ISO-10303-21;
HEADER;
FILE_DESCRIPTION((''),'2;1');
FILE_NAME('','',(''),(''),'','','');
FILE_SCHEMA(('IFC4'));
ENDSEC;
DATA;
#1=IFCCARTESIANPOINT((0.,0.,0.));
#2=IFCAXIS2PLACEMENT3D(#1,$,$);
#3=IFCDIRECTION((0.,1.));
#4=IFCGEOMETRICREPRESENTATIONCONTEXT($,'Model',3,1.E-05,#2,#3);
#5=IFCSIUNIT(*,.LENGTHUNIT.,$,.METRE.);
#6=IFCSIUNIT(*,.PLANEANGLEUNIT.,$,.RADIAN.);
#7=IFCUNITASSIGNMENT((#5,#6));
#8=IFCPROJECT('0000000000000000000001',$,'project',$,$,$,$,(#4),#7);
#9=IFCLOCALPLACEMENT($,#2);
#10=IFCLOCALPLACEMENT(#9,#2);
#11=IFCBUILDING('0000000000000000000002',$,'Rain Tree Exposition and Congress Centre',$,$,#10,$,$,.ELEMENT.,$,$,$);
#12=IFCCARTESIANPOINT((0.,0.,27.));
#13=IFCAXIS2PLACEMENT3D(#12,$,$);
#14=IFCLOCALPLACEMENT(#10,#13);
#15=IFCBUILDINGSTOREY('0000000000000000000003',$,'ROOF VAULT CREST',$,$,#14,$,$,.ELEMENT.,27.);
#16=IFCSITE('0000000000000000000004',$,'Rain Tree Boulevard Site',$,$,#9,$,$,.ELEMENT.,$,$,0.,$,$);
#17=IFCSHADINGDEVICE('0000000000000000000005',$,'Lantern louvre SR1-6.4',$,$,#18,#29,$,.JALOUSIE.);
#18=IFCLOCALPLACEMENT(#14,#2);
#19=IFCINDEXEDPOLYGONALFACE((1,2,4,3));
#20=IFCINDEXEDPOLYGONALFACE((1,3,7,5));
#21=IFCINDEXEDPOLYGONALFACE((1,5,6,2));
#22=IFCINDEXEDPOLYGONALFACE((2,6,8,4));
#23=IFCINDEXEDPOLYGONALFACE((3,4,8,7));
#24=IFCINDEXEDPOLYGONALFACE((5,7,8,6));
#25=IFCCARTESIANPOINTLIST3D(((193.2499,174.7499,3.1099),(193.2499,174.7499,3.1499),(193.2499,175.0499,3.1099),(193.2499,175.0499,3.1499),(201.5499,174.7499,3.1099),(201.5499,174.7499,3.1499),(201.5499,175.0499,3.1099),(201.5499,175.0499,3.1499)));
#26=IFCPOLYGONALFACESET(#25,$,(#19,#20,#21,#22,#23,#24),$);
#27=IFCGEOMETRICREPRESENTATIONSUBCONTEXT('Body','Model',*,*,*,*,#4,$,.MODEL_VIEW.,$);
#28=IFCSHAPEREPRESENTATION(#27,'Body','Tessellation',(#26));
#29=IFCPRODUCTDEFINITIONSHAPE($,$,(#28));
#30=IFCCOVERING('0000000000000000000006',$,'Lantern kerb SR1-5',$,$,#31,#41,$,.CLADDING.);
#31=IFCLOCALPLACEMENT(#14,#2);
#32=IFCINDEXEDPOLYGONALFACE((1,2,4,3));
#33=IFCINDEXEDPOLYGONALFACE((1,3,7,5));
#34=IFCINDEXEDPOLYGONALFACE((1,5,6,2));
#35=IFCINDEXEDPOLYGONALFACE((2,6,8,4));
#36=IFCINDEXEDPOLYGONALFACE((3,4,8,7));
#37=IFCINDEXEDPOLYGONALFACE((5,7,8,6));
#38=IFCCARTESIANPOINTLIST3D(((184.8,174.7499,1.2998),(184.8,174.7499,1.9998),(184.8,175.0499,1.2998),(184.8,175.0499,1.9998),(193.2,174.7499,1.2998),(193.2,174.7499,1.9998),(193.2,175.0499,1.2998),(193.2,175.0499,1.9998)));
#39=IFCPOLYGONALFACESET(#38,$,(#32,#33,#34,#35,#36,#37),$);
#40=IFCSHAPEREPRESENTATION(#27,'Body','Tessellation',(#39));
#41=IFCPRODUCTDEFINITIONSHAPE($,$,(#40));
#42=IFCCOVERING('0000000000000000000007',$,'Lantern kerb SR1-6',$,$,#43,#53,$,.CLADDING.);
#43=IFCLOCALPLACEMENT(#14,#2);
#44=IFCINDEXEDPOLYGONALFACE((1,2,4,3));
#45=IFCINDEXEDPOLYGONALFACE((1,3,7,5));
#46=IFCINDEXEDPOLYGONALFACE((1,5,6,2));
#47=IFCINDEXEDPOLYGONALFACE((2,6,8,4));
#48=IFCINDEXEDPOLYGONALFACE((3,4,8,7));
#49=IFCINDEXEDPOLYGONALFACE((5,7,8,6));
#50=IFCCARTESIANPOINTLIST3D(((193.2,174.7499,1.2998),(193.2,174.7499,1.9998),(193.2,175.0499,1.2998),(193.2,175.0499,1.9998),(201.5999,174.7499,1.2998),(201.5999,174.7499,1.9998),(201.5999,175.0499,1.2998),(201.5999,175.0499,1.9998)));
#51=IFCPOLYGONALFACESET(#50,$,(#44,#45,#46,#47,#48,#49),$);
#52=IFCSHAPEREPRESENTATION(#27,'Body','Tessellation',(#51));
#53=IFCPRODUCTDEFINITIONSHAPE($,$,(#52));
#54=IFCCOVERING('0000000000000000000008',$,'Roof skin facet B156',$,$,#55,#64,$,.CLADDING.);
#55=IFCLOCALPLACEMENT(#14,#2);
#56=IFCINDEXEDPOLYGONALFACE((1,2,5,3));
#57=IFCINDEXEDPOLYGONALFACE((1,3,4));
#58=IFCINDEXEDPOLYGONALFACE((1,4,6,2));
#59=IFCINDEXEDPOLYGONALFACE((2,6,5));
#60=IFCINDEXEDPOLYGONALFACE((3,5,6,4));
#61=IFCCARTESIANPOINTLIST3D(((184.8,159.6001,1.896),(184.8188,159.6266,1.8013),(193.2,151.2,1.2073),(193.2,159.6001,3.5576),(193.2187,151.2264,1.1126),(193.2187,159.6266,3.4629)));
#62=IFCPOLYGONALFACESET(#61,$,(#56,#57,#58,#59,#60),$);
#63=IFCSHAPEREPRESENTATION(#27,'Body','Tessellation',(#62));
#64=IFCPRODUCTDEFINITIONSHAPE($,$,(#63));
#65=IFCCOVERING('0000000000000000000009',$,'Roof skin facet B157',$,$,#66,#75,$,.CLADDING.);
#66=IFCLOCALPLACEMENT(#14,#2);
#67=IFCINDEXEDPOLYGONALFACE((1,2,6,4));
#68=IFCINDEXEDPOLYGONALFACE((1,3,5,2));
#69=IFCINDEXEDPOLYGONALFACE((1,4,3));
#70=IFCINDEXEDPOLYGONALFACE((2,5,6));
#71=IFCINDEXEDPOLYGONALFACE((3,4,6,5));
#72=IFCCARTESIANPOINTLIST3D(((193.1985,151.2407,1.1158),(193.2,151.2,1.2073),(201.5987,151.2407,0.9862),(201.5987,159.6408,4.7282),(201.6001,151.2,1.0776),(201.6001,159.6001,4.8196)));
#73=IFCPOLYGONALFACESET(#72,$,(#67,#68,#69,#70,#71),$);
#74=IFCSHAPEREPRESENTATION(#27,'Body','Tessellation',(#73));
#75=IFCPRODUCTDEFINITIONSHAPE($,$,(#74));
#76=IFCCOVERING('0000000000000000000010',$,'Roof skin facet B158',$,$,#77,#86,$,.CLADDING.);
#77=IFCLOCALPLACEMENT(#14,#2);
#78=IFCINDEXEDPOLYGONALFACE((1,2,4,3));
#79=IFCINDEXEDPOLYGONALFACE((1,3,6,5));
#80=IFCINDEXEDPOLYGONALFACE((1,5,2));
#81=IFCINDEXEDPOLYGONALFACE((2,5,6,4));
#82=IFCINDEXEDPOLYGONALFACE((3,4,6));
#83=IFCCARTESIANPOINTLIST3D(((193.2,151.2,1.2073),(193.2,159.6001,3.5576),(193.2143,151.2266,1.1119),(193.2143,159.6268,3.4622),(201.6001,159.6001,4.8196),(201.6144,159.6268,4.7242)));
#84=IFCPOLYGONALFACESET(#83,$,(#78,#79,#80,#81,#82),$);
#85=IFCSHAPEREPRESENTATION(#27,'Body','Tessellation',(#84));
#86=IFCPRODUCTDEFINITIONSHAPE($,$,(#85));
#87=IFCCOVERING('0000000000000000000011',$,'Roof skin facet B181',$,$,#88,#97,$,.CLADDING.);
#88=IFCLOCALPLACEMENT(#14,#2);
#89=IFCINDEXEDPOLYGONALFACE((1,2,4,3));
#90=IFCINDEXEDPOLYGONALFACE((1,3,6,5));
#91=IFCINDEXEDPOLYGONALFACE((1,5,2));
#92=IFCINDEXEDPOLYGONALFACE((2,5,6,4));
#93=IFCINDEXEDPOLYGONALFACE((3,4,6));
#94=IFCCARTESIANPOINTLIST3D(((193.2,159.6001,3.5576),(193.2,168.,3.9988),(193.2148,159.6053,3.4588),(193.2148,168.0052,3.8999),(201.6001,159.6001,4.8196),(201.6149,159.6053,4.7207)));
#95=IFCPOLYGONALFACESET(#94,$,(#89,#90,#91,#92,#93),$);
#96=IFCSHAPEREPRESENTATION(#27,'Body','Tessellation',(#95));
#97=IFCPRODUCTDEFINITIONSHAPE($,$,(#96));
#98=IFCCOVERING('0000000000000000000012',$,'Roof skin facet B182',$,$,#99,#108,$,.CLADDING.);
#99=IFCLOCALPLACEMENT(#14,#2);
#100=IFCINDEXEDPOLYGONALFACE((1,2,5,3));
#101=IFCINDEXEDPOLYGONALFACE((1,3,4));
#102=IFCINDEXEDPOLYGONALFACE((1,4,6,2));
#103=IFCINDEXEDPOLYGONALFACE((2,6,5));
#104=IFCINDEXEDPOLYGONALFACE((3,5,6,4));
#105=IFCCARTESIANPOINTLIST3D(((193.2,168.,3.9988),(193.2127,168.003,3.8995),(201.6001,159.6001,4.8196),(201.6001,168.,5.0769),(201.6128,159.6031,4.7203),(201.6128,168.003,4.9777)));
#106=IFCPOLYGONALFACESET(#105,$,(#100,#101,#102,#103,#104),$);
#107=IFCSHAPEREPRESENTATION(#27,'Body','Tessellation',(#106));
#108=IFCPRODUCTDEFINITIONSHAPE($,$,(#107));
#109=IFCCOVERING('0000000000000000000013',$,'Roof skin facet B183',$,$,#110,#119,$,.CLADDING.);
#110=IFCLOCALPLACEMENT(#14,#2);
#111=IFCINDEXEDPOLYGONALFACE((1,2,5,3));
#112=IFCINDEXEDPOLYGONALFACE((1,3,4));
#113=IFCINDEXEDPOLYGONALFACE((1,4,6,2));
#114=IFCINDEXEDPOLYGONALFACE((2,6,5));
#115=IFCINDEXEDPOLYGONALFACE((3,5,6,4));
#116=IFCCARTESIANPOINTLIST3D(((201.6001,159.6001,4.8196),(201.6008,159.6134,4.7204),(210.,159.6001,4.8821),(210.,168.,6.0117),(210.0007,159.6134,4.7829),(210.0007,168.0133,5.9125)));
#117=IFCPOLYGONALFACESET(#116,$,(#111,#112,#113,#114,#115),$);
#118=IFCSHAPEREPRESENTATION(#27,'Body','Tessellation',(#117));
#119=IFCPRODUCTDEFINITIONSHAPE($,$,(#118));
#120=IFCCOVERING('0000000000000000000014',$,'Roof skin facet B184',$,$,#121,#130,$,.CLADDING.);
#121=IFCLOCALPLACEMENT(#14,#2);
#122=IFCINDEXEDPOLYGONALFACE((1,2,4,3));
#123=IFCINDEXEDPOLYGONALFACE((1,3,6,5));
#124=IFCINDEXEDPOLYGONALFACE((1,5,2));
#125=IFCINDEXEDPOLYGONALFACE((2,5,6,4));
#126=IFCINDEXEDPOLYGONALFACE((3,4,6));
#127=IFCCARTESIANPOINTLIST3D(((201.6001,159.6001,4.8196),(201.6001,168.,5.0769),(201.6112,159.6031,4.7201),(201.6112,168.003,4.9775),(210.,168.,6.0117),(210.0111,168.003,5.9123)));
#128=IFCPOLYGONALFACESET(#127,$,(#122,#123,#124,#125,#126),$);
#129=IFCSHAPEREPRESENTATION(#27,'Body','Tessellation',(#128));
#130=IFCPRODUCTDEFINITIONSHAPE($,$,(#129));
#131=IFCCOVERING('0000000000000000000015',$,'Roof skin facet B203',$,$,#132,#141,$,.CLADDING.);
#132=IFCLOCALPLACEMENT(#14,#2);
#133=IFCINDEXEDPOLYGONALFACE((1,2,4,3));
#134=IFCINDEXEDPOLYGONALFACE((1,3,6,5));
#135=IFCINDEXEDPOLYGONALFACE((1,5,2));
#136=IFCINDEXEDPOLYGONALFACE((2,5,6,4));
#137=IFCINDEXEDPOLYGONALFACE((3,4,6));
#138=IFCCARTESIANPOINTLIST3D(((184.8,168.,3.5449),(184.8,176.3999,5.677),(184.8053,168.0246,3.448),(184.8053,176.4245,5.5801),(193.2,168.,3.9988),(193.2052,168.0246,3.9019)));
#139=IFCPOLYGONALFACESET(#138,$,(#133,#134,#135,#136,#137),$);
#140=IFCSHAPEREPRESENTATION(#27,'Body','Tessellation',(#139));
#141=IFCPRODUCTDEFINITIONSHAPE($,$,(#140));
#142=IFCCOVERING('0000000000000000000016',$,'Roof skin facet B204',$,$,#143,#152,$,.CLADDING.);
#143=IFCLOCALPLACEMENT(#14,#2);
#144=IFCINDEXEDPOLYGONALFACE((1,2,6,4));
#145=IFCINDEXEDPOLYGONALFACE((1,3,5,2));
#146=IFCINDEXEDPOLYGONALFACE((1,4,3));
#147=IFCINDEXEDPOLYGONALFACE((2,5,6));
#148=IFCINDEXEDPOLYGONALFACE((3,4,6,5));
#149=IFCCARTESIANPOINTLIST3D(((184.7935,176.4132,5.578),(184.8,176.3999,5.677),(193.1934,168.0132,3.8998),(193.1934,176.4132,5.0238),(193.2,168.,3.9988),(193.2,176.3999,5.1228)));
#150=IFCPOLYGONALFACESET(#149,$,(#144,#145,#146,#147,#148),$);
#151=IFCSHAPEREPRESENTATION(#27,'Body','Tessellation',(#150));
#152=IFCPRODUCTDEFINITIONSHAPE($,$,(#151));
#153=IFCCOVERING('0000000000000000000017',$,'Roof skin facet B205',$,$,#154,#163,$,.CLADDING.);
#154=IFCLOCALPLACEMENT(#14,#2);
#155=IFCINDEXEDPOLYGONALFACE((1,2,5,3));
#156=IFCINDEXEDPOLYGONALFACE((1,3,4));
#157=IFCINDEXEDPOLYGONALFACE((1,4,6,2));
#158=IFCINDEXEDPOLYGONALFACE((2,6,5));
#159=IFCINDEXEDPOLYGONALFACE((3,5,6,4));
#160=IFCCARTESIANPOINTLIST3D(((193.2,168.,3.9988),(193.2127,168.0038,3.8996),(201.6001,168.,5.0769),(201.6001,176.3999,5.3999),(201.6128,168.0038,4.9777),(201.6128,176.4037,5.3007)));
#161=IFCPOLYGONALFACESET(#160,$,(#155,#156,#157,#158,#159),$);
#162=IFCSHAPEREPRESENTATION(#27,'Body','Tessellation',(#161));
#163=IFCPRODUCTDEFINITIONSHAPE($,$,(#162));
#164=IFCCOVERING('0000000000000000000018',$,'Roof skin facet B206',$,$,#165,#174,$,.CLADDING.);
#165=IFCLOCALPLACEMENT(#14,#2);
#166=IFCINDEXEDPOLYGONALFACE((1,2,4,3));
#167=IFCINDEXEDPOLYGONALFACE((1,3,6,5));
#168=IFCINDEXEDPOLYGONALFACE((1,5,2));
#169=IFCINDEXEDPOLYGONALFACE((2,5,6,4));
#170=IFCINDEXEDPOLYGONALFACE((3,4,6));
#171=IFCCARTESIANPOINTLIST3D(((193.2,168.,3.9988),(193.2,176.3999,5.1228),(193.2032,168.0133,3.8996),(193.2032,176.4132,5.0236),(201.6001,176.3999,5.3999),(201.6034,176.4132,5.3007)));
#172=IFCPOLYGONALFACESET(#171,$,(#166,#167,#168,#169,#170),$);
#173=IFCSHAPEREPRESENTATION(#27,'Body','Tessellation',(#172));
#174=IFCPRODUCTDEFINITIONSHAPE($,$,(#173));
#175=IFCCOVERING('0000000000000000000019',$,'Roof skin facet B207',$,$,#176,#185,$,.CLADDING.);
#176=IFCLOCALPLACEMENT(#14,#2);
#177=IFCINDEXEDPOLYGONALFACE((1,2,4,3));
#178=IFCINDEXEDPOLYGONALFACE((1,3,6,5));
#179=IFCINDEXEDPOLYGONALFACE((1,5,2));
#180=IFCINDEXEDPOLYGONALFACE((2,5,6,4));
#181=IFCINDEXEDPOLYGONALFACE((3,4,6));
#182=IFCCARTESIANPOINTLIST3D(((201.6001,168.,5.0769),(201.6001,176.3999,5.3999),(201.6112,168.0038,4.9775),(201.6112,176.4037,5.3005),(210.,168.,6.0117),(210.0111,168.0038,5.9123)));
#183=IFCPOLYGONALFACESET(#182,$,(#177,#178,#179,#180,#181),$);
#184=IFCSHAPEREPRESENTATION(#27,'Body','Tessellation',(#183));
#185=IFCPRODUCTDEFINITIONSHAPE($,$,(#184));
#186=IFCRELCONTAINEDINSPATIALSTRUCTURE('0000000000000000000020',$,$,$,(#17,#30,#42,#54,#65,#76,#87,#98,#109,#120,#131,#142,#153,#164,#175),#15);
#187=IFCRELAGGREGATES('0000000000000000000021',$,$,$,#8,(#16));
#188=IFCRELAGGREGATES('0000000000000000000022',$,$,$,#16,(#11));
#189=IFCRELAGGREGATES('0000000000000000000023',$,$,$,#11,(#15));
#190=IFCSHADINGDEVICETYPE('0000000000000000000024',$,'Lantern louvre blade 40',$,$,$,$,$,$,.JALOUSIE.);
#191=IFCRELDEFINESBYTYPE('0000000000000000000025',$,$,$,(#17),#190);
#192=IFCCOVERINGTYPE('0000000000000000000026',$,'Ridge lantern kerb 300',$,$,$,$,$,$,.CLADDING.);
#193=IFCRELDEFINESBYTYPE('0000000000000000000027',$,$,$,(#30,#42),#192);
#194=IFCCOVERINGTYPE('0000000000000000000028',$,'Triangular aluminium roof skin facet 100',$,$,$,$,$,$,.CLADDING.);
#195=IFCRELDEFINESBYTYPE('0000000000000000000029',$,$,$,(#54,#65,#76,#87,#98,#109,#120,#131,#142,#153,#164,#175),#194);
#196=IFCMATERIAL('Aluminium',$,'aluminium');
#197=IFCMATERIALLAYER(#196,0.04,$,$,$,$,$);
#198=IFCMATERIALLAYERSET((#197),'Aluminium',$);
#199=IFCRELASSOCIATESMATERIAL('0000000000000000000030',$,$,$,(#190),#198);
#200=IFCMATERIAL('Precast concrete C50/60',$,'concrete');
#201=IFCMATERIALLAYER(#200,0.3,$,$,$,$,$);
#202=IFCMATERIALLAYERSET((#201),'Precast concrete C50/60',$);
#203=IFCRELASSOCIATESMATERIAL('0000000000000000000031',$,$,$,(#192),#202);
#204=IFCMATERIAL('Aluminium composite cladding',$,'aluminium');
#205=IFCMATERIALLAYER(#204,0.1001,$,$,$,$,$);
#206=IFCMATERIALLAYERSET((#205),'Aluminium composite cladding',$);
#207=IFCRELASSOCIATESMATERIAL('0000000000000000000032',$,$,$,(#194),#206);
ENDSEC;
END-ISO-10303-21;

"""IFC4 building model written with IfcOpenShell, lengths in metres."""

from ifc_helpers import new_model, si_unit, direction, frame, origin, origin_2d, place, context, subcontext, project, spatial, polyline, rectangle, outline, extrude, material, layer, layer_set, type_object, element, save


model = new_model("IFC4")

# Units and contexts
model_context = context("Model", 3, precision=1e-05, world=origin(), true_north=direction((0.0, 1.0)))
body_context = subcontext(model_context, "Body", "Model", "MODEL_VIEW")
ifc_project = project(units=[si_unit("LENGTHUNIT", "METRE"), si_unit("PLANEANGLEUNIT", "RADIAN")], contexts=[model_context])

# Site, building, storey
site_placement = place(None, origin())
site = spatial("IfcSite", under=ifc_project, at=site_placement, Name="Rain Tree Boulevard Site", CompositionType="ELEMENT", RefElevation=0.0)
building_placement = place(site_placement, origin())
building = spatial("IfcBuilding", under=site, at=building_placement, Name="Rain Tree Exposition and Congress Centre", CompositionType="ELEMENT")
storey_placement = place(building_placement, frame((0.0, 0.0, 27.0)))
storey = spatial("IfcBuildingStorey", under=building, at=storey_placement, Name="ROOF VAULT CREST", CompositionType="ELEMENT", Elevation=27.0)

# Shading device
ifc_material_1 = material(Name="Aluminium", Category="aluminium")
ifc_layer_1 = layer(ifc_material_1, 0.04)
ifc_layer_set_1 = layer_set([ifc_layer_1], Name="Aluminium")
shading_device_type = type_object("IfcShadingDeviceType", Name="Lantern louvre blade 40", PredefinedType="JALOUSIE", material=ifc_layer_set_1)
for number, where, z_axis, x_axis, name in (
    (1, (197.3999, 174.8999, 3.1099), (0.0, 0.0, 1.0), (1.0, 0.0, 0.0), "Lantern louvre SR1-6.4"),
):
    element("IfcShadingDevice", number, at=place(storey_placement, frame(where, z_axis=z_axis, x_axis=x_axis)), inside=storey, type_object=shading_device_type, Name=name, PredefinedType="JALOUSIE", context=body_context, shape_type="SweptSolid", body=[
        extrude(rectangle(XDim=8.3, YDim=0.3, at=origin_2d()), origin(), (0.0, 0.0, 1.0), 0.04),
    ])

# Coverings
ifc_material_2 = material(Name="Precast concrete C50/60", Category="concrete")
ifc_layer_2 = layer(ifc_material_2, 0.3)
ifc_layer_set_2 = layer_set([ifc_layer_2], Name="Precast concrete C50/60")
covering_type_1 = type_object("IfcCoveringType", Name="Ridge lantern kerb 300", PredefinedType="CLADDING", material=ifc_layer_set_2)
for number, where, z_axis, x_axis, name in (
    (2, (189.0, 174.8999, 1.2998), (0.0, 0.0, 1.0), (1.0, 0.0, 0.0), "Lantern kerb SR1-5"),
    (3, (197.3999, 174.8999, 1.2998), (0.0, 0.0, 1.0), (1.0, 0.0, 0.0), "Lantern kerb SR1-6"),
):
    element("IfcCovering", number, at=place(storey_placement, frame(where, z_axis=z_axis, x_axis=x_axis)), inside=storey, type_object=covering_type_1, Name=name, PredefinedType="CLADDING", context=body_context, shape_type="SweptSolid", body=[
        extrude(rectangle(XDim=8.3999, YDim=0.3, at=origin_2d()), origin(), (0.0, 0.0, 1.0), 0.7),
    ])
ifc_material_3 = material(Name="Aluminium composite cladding", Category="aluminium")
ifc_layer_3 = layer(ifc_material_3, 0.1001)
ifc_layer_set_3 = layer_set([ifc_layer_3], Name="Aluminium composite cladding")
covering_type_2 = type_object("IfcCoveringType", Name="Triangular aluminium roof skin facet 100", PredefinedType="CLADDING", material=ifc_layer_set_3)
covering_1_placement = place(storey_placement, frame((193.2, 151.2, 1.2073), z_axis=(-0.187133, -0.264689, 0.946003), x_axis=(0.0, 0.963015, 0.269449)))
element("IfcCovering", 4, at=covering_1_placement, inside=storey, type_object=covering_type_2, Name="Roof skin facet B156", PredefinedType="CLADDING", context=body_context, shape_type="SweptSolid", body=[
    extrude(outline(polyline([(0.0, 0.0), (8.7228, 0.0), (8.275, 8.551), (0.0, 0.0)])), origin(), (0.0, 0.0, -1.0), 0.1001),
])
covering_2_placement = place(storey_placement, frame((193.2, 151.2, 1.2073), z_axis=(0.014096, -0.406874, 0.913376), x_axis=(0.999881, 0.0, -0.015431)))
element("IfcCovering", 5, at=covering_2_placement, inside=storey, type_object=covering_type_2, Name="Roof skin facet B157", PredefinedType="CLADDING", context=body_context, shape_type="SweptSolid", body=[
    extrude(outline(polyline([(0.0, 0.0), (8.4011, 0.0), (8.3434, 9.1957), (0.0, 0.0)])), origin(), (0.0, 0.0, -1.0), 0.1001),
])
covering_3_placement = place(storey_placement, frame((193.2, 151.2, 1.2073), z_axis=(-0.143184, -0.266673, 0.953092), x_axis=(0.676522, 0.676522, 0.290924)))
element("IfcCovering", 6, at=covering_3_placement, inside=storey, type_object=covering_type_2, Name="Roof skin facet B158", PredefinedType="CLADDING", context=body_context, shape_type="SweptSolid", body=[
    extrude(outline(polyline([(0.0, 0.0), (12.4167, 0.0), (6.3667, 5.9626), (0.0, 0.0)])), origin(), (0.0, 0.0, -1.0), 0.1001),
])
covering_4_placement = place(storey_placement, frame((193.2, 159.6001, 3.5576), z_axis=(-0.148364, -0.051867, 0.987572), x_axis=(0.988903, 0.0, 0.148564)))
element("IfcCovering", 7, at=covering_4_placement, inside=storey, type_object=covering_type_2, Name="Roof skin facet B181", PredefinedType="CLADDING", context=body_context, shape_type="SweptSolid", body=[
    extrude(outline(polyline([(0.0, 0.0), (8.4944, 0.0), (0.0655, 8.4112), (0.0, 0.0)])), origin(), (0.0, 0.0, -1.0), 0.1001),
])
covering_5_placement = place(storey_placement, frame((201.6001, 159.6001, 4.8196), z_axis=(-0.127243, -0.030371, 0.991406), x_axis=(0.0, 0.999531, 0.03062)))
element("IfcCovering", 8, at=covering_5_placement, inside=storey, type_object=covering_type_2, Name="Roof skin facet B182", PredefinedType="CLADDING", context=body_context, shape_type="SweptSolid", body=[
    extrude(outline(polyline([(0.0, 0.0), (8.4038, 0.0), (8.3708, 8.469), (0.0, 0.0)])), origin(), (0.0, 0.0, -1.0), 0.1001),
])
covering_6_placement = place(storey_placement, frame((201.6001, 159.6001, 4.8196), z_axis=(-0.007374, -0.133279, 0.991051), x_axis=(0.999972, 0.0, 0.00744)))
element("IfcCovering", 9, at=covering_6_placement, inside=storey, type_object=covering_type_2, Name="Roof skin facet B183", PredefinedType="CLADDING", context=body_context, shape_type="SweptSolid", body=[
    extrude(outline(polyline([(0.0, 0.0), (8.4001, 0.0), (8.4085, 8.4755), (0.0, 0.0)])), origin(), (0.0, 0.0, -1.0), 0.1001),
])
covering_7_placement = place(storey_placement, frame((201.6001, 159.6001, 4.8196), z_axis=(-0.110555, -0.030432, 0.993404), x_axis=(0.703573, 0.703573, 0.099853)))
element("IfcCovering", 10, at=covering_7_placement, inside=storey, type_object=covering_type_2, Name="Roof skin facet B184", PredefinedType="CLADDING", context=body_context, shape_type="SweptSolid", body=[
    extrude(outline(polyline([(0.0, 0.0), (11.9389, 0.0), (5.9356, 5.9492), (0.0, 0.0)])), origin(), (0.0, 0.0, -1.0), 0.1001),
])
covering_8_placement = place(storey_placement, frame((184.8, 168.0, 3.5449), z_axis=(-0.052299, -0.245684, 0.967938), x_axis=(0.998543, 0.0, 0.053953)))
element("IfcCovering", 11, at=covering_8_placement, inside=storey, type_object=covering_type_2, Name="Roof skin facet B203", PredefinedType="CLADDING", context=body_context, shape_type="SweptSolid", body=[
    extrude(outline(polyline([(0.0, 0.0), (8.4122, 0.0), (0.115, 8.6655), (0.0, 0.0)])), origin(), (0.0, 0.0, -1.0), 0.1001),
])
covering_9_placement = place(storey_placement, frame((193.2, 168.0, 3.9988), z_axis=(0.065255, -0.132349, 0.989053), x_axis=(0.0, 0.991165, 0.132632)))
element("IfcCovering", 12, at=covering_9_placement, inside=storey, type_object=covering_type_2, Name="Roof skin facet B204", PredefinedType="CLADDING", context=body_context, shape_type="SweptSolid", body=[
    extrude(outline(polyline([(0.0, 0.0), (8.4748, 0.0), (8.5483, 8.4178), (0.0, 0.0)])), origin(), (0.0, 0.0, -1.0), 0.1001),
])
covering_10_placement = place(storey_placement, frame((193.2, 168.0, 3.9988), z_axis=(-0.127209, -0.038112, 0.991143), x_axis=(0.991864, 0.0, 0.127302)))
element("IfcCovering", 13, at=covering_10_placement, inside=storey, type_object=covering_type_2, Name="Roof skin facet B205", PredefinedType="CLADDING", context=body_context, shape_type="SweptSolid", body=[
    extrude(outline(polyline([(0.0, 0.0), (8.4691, 0.0), (8.5102, 8.406), (0.0, 0.0)])), origin(), (0.0, 0.0, -1.0), 0.1001),
])
covering_11_placement = place(storey_placement, frame((193.2, 168.0, 3.9988), z_axis=(-0.032679, -0.132561, 0.990636), x_axis=(0.702249, 0.702229, 0.117133)))
element("IfcCovering", 14, at=covering_11_placement, inside=storey, type_object=covering_type_2, Name="Roof skin facet B206", PredefinedType="CLADDING", context=body_context, shape_type="SweptSolid", body=[
    extrude(outline(polyline([(0.0, 0.0), (11.9618, 0.0), (6.0303, 5.9546), (0.0, 0.0)])), origin(), (0.0, 0.0, -1.0), 0.1001),
])
covering_12_placement = place(storey_placement, frame((201.6001, 168.0, 5.0769), z_axis=(-0.110525, -0.038189, 0.993139), x_axis=(0.993864, 0.0, 0.110606)))
element("IfcCovering", 15, at=covering_12_placement, inside=storey, type_object=covering_type_2, Name="Roof skin facet B207", PredefinedType="CLADDING", context=body_context, shape_type="SweptSolid", body=[
    extrude(outline(polyline([(0.0, 0.0), (8.4518, 0.0), (0.0357, 8.406), (0.0, 0.0)])), origin(), (0.0, 0.0, -1.0), 0.1001),
])

save(model, "model.ifc")
